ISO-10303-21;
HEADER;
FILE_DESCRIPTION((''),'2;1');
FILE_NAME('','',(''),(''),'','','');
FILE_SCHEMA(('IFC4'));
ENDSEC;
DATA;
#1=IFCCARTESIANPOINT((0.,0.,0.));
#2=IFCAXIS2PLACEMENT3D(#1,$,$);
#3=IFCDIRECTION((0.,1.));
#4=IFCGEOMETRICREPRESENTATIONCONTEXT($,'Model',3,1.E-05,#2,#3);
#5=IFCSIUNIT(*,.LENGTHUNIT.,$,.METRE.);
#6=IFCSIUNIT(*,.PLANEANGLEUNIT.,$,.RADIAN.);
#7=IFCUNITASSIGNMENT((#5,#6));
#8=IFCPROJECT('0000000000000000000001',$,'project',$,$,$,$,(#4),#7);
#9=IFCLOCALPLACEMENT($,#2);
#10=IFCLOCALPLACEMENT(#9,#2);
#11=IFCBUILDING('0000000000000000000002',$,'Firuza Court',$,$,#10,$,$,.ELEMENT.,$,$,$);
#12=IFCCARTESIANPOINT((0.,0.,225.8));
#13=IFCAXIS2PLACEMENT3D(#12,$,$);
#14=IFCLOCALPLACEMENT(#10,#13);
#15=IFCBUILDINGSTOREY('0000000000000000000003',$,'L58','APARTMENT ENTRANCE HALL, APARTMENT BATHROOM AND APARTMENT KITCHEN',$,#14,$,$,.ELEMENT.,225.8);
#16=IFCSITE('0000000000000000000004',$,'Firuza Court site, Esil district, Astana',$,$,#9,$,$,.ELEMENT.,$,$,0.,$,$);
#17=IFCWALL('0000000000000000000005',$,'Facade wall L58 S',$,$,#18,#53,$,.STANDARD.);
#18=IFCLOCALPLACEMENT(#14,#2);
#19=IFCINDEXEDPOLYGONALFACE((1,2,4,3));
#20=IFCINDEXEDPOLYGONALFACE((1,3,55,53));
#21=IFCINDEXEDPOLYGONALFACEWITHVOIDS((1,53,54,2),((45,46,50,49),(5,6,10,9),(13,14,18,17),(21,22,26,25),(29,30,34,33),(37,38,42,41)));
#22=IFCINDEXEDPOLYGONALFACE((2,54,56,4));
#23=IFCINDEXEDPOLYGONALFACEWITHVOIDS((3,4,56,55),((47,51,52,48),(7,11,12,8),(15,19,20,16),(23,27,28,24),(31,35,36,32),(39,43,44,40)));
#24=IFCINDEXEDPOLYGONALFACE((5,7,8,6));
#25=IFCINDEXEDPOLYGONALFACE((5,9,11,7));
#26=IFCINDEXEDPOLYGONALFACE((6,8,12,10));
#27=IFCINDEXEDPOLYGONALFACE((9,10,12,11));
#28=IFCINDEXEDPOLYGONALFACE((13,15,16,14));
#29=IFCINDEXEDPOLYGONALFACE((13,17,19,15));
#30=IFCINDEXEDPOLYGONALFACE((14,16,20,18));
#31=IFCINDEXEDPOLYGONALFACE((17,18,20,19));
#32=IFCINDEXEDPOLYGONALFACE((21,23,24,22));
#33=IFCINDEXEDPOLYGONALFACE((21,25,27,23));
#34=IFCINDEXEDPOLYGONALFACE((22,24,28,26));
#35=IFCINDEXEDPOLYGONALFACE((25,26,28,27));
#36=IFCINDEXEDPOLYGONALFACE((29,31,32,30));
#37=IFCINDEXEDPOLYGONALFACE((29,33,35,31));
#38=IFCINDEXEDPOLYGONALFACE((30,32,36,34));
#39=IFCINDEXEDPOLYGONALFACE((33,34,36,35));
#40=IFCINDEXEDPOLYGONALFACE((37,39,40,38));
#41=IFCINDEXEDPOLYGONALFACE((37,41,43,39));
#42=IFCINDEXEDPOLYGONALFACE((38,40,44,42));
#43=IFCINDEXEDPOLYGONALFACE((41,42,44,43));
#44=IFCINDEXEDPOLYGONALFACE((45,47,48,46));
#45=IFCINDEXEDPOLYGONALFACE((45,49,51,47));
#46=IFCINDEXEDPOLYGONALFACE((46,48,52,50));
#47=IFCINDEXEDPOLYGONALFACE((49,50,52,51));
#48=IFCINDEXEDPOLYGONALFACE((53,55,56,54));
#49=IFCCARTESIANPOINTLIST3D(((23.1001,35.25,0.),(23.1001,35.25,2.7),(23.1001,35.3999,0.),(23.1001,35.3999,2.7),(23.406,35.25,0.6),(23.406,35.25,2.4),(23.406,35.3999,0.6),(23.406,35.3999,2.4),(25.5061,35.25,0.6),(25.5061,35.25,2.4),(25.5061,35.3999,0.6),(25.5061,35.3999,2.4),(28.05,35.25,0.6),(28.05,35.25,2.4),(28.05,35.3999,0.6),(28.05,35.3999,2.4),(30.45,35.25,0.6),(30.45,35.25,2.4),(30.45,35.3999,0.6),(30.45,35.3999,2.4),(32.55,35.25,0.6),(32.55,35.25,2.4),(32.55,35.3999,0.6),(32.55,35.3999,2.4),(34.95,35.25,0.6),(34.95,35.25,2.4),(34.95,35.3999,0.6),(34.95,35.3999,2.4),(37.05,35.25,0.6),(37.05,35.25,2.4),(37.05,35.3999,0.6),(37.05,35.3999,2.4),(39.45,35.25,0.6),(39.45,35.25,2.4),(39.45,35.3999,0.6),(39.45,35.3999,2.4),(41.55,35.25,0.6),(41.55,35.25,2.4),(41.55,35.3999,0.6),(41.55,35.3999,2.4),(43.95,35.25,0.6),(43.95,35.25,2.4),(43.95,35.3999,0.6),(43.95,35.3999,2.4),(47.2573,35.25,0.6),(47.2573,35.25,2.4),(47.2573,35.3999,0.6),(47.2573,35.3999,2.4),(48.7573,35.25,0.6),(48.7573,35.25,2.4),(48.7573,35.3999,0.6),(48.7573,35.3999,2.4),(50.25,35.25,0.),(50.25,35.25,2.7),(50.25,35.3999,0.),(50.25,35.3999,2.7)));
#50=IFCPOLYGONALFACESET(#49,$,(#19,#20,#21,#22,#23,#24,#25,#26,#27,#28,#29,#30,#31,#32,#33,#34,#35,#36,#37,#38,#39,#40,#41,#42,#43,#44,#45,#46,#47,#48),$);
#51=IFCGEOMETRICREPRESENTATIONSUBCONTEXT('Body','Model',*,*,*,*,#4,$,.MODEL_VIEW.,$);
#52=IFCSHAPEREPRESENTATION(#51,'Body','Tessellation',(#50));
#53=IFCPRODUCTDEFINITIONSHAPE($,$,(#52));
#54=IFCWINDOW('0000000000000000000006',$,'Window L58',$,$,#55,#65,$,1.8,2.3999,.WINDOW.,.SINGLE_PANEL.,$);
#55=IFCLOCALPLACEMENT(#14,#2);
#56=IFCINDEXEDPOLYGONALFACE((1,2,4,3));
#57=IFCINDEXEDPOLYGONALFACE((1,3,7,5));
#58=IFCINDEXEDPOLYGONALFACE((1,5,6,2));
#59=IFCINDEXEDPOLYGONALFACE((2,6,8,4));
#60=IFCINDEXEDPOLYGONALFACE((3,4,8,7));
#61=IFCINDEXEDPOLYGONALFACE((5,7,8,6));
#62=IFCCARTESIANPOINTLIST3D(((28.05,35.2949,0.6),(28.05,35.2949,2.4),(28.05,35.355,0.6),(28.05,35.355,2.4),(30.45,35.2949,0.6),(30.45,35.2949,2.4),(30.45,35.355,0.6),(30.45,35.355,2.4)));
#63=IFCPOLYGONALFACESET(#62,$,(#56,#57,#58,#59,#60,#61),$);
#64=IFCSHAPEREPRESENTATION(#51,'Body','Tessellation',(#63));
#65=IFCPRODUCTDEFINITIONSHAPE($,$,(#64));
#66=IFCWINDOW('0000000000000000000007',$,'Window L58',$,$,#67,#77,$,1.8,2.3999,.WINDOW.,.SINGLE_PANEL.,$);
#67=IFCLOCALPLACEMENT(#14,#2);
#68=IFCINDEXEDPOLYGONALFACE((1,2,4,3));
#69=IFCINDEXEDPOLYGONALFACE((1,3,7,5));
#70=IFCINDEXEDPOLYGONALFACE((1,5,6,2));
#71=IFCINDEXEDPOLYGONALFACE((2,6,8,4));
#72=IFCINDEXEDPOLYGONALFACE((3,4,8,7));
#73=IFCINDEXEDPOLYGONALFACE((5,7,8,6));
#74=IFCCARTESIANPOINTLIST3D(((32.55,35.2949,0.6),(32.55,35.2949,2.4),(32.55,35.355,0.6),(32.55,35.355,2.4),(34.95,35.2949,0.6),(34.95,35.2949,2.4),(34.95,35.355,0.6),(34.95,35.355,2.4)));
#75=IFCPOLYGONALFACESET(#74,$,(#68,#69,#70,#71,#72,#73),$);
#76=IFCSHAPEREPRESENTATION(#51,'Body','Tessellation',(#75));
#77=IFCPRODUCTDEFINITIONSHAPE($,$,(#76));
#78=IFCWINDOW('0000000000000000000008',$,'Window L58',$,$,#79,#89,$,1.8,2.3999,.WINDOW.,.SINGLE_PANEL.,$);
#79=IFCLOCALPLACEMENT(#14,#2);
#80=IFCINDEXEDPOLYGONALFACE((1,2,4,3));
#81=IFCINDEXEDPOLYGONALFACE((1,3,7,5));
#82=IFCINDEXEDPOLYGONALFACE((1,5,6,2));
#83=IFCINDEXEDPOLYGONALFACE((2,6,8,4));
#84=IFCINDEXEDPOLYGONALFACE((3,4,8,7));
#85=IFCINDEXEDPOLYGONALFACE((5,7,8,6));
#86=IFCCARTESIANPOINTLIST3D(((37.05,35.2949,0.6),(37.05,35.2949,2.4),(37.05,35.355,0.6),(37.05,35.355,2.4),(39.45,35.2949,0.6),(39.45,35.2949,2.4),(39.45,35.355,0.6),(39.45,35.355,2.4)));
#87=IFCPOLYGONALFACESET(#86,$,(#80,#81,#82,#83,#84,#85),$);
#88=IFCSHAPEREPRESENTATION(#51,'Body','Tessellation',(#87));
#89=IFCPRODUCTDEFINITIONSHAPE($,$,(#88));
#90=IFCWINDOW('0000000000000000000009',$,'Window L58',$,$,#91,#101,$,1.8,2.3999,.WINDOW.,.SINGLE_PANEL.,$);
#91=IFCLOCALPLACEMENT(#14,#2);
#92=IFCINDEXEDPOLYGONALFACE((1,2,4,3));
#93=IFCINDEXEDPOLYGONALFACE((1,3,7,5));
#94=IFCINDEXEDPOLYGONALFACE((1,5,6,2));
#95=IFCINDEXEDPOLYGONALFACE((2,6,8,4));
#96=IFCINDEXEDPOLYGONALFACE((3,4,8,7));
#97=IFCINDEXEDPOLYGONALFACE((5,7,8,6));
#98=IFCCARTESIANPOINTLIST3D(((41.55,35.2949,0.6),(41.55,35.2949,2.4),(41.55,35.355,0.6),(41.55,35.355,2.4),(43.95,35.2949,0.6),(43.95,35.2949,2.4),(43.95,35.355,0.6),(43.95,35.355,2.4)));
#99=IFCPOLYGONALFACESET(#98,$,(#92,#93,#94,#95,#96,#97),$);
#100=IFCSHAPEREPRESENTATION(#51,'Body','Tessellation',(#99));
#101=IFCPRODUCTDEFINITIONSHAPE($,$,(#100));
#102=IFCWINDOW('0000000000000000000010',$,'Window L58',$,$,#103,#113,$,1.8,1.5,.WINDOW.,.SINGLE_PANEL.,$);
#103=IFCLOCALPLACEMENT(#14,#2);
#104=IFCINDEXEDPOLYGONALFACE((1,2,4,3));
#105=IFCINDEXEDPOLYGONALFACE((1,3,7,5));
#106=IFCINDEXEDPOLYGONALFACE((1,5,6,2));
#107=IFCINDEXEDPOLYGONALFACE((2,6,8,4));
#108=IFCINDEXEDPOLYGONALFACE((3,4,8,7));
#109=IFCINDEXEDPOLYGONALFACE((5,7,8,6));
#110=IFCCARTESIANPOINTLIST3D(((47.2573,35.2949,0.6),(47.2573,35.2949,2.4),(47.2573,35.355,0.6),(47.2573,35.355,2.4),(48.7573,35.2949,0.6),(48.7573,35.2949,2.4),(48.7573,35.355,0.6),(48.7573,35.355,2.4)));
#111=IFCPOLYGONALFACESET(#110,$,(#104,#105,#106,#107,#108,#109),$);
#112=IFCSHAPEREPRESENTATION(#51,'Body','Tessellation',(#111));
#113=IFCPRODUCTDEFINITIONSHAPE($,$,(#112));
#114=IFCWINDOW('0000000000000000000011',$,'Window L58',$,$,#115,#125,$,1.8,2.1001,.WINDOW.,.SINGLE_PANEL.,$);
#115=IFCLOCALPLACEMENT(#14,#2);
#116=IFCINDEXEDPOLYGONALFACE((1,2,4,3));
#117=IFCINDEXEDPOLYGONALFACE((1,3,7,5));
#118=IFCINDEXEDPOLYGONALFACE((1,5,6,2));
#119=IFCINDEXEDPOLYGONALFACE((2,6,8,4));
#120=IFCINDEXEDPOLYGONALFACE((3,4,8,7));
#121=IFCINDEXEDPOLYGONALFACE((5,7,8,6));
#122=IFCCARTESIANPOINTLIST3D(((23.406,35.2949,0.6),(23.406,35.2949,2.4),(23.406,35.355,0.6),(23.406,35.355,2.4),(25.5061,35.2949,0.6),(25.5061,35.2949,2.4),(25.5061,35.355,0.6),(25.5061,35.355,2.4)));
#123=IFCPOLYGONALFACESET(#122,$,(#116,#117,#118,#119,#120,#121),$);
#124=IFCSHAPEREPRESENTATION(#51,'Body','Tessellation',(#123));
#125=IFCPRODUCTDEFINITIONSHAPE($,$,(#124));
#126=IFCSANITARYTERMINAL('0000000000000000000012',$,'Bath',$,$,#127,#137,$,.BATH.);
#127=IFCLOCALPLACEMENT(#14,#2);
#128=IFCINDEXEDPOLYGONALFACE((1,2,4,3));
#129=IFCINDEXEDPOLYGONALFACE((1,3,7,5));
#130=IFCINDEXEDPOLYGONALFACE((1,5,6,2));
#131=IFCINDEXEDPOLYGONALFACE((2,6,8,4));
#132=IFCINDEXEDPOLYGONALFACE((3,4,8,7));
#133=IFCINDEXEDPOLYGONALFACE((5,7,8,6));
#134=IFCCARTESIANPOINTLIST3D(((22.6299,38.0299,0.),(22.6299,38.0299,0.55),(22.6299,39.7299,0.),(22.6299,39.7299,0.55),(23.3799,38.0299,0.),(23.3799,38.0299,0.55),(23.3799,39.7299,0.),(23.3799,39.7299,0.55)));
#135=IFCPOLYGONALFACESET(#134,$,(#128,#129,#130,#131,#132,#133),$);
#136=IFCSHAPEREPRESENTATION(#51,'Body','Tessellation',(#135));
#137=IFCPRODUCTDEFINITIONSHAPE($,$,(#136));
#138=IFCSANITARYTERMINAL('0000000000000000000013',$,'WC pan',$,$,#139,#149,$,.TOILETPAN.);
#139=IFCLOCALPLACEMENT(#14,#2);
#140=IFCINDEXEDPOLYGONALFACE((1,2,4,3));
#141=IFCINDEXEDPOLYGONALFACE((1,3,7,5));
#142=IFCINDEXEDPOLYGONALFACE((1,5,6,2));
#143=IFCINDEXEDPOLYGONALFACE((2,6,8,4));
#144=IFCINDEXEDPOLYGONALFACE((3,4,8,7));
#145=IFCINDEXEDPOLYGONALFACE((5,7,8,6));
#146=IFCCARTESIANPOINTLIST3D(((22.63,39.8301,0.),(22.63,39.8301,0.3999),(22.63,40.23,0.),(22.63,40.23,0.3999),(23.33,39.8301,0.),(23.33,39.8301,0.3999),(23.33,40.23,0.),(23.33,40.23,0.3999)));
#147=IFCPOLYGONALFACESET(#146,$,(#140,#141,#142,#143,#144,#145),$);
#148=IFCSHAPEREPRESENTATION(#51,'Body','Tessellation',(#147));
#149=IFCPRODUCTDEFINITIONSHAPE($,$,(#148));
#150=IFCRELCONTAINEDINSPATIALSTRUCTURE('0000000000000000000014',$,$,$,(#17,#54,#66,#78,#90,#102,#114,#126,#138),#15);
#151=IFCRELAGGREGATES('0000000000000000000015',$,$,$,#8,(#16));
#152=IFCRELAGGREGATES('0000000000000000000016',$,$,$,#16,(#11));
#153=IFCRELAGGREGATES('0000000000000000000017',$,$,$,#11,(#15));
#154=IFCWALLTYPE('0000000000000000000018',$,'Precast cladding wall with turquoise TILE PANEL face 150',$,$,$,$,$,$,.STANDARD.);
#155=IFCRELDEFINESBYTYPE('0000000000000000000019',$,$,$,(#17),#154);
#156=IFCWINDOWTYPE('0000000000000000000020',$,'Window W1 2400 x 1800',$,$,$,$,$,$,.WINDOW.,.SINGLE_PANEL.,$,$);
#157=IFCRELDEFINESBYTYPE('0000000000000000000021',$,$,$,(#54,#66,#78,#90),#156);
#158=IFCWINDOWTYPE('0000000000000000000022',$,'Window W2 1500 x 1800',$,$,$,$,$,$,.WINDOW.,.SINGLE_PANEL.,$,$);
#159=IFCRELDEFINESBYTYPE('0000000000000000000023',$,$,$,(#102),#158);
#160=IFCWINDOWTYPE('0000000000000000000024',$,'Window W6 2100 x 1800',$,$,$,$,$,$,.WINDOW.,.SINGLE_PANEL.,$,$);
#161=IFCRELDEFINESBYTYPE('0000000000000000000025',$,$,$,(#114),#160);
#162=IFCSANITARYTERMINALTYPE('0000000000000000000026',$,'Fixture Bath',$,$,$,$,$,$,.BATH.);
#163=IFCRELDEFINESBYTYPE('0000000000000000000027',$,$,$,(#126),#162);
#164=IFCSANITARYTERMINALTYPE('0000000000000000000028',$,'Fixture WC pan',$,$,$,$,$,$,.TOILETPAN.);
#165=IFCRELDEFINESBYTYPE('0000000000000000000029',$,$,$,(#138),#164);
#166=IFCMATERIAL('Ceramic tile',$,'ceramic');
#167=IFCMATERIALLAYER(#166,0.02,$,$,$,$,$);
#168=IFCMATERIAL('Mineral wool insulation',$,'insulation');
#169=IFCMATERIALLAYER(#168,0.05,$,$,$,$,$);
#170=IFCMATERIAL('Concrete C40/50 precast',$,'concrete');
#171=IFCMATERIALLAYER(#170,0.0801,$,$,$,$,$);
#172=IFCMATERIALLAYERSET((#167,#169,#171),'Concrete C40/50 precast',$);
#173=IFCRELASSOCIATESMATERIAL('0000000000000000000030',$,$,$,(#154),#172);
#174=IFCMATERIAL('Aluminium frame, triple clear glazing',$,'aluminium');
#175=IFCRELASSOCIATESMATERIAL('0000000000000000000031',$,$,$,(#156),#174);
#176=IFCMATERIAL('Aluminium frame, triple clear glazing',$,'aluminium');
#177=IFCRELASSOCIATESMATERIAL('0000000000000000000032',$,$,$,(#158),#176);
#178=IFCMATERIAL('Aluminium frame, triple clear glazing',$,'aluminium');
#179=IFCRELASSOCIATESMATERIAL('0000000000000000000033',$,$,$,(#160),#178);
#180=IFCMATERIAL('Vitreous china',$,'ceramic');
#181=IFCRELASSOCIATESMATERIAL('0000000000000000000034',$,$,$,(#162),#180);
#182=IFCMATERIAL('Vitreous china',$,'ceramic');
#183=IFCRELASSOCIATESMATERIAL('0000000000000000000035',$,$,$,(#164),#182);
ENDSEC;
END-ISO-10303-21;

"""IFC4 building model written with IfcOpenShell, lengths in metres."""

from ifc_helpers import new_model, si_unit, direction, frame, frame_2d, origin, origin_2d, place, context, subcontext, project, spatial, rectangle, extrude, material, layer, layer_set, type_object, element, fill, save


model = new_model("IFC4")

# Units and contexts
model_context = context("Model", 3, precision=1e-05, world=origin(), true_north=direction((0.0, 1.0)))
body_context = subcontext(model_context, "Body", "Model", "MODEL_VIEW")
ifc_project = project(units=[si_unit("LENGTHUNIT", "METRE"), si_unit("PLANEANGLEUNIT", "RADIAN")], contexts=[model_context])

# Site, building, storey
site_placement = place(None, origin())
site = spatial("IfcSite", under=ifc_project, at=site_placement, Name="Firuza Court site, Esil district, Astana", CompositionType="ELEMENT", RefElevation=0.0)
building_placement = place(site_placement, origin())
building = spatial("IfcBuilding", under=site, at=building_placement, Name="Firuza Court", CompositionType="ELEMENT")
storey_placement = place(building_placement, frame((0.0, 0.0, 225.8)))
storey = spatial("IfcBuildingStorey", under=building, at=storey_placement, Name="L58", Description="APARTMENT ENTRANCE HALL, APARTMENT BATHROOM AND APARTMENT KITCHEN", CompositionType="ELEMENT", Elevation=225.8)

# Wall, openings, windows
ifc_material_1 = material(Name="Ceramic tile", Category="ceramic")
ifc_layer_1 = layer(ifc_material_1, 0.02)
ifc_material_2 = material(Name="Mineral wool insulation", Category="insulation")
ifc_layer_2 = layer(ifc_material_2, 0.05)
ifc_material_3 = material(Name="Concrete C40/50 precast", Category="concrete")
ifc_layer_3 = layer(ifc_material_3, 0.0801)
ifc_layer_set_1 = layer_set([ifc_layer_1, ifc_layer_2, ifc_layer_3], Name="Concrete C40/50 precast")
wall_type_1 = type_object("IfcWallType", Name="Precast cladding wall with turquoise TILE PANEL face 150", PredefinedType="STANDARD", material=ifc_layer_set_1)
wall_1_placement = place(storey_placement, frame((23.1001, 35.325, 0.0), z_axis=(0.0, 0.0, 1.0), x_axis=(1.0, 0.0, 0.0)))
wall_1 = element("IfcWall", 1, at=wall_1_placement, inside=storey, type_object=wall_type_1, Name="Facade wall L58 S", PredefinedType="STANDARD", context=body_context, shape_type="SweptSolid", body=[
    extrude(rectangle(XDim=27.1499, YDim=0.1499, at=frame_2d((13.575, 0.0))), origin(), (0.0, 0.0, 1.0), 2.7),
])
opening_1_placement = place(wall_1_placement, frame((0.3059, 0.0, 0.6001)))
opening_1 = element("IfcOpeningElement", 2, at=opening_1_placement, cuts=wall_1, PredefinedType="OPENING", context=body_context, shape_type="SweptSolid", body=[
    extrude(rectangle(XDim=2.1001, YDim=1.8, at=frame_2d((1.05, 0.8999))), frame((0.0, 0.0869, 0.0), z_axis=(0.0, -1.0, 0.0), x_axis=(1.0, 0.0, 0.0)), (0.0, 0.0, 1.0), 0.1738),
])
opening_2_placement = place(wall_1_placement, frame((4.95, 0.0, 0.6001)))
opening_2 = element("IfcOpeningElement", 3, at=opening_2_placement, cuts=wall_1, PredefinedType="OPENING", context=body_context, shape_type="SweptSolid", body=[
    extrude(rectangle(XDim=2.3999, YDim=1.8, at=frame_2d((1.2, 0.8999))), frame((0.0, 0.0869, 0.0), z_axis=(0.0, -1.0, 0.0), x_axis=(1.0, 0.0, 0.0)), (0.0, 0.0, 1.0), 0.1738),
])
opening_3_placement = place(wall_1_placement, frame((9.45, 0.0, 0.6001)))
opening_3 = element("IfcOpeningElement", 4, at=opening_3_placement, cuts=wall_1, PredefinedType="OPENING", context=body_context, shape_type="SweptSolid", body=[
    extrude(rectangle(XDim=2.3999, YDim=1.8, at=frame_2d((1.2, 0.8999))), frame((0.0, 0.0869, 0.0), z_axis=(0.0, -1.0, 0.0), x_axis=(1.0, 0.0, 0.0)), (0.0, 0.0, 1.0), 0.1738),
])
opening_4_placement = place(wall_1_placement, frame((13.95, 0.0, 0.6001)))
opening_4 = element("IfcOpeningElement", 5, at=opening_4_placement, cuts=wall_1, PredefinedType="OPENING", context=body_context, shape_type="SweptSolid", body=[
    extrude(rectangle(XDim=2.3999, YDim=1.8, at=frame_2d((1.2, 0.8999))), frame((0.0, 0.0869, 0.0), z_axis=(0.0, -1.0, 0.0), x_axis=(1.0, 0.0, 0.0)), (0.0, 0.0, 1.0), 0.1738),
])
opening_5_placement = place(wall_1_placement, frame((18.45, 0.0, 0.6001)))
opening_5 = element("IfcOpeningElement", 6, at=opening_5_placement, cuts=wall_1, PredefinedType="OPENING", context=body_context, shape_type="SweptSolid", body=[
    extrude(rectangle(XDim=2.3999, YDim=1.8, at=frame_2d((1.2, 0.8999))), frame((0.0, 0.0869, 0.0), z_axis=(0.0, -1.0, 0.0), x_axis=(1.0, 0.0, 0.0)), (0.0, 0.0, 1.0), 0.1738),
])
opening_6_placement = place(wall_1_placement, frame((24.1572, 0.0, 0.6001)))
opening_6 = element("IfcOpeningElement", 7, at=opening_6_placement, cuts=wall_1, PredefinedType="OPENING", context=body_context, shape_type="SweptSolid", body=[
    extrude(rectangle(XDim=1.5, YDim=1.8, at=frame_2d((0.75, 0.8999))), frame((0.0, 0.0869, 0.0), z_axis=(0.0, -1.0, 0.0), x_axis=(1.0, 0.0, 0.0)), (0.0, 0.0, 1.0), 0.1738),
])
ifc_material_4 = material(Name="Aluminium frame, triple clear glazing", Category="aluminium")
window_type_1 = type_object("IfcWindowType", Name="Window W1 2400 x 1800", PartitioningType="SINGLE_PANEL", PredefinedType="WINDOW", material=ifc_material_4)
window_1_placement = place(opening_2_placement, origin())
window_1 = element("IfcWindow", 8, at=window_1_placement, inside=storey, type_object=window_type_1, Name="Window L58", OverallHeight=1.8, OverallWidth=2.3999, PartitioningType="SINGLE_PANEL", PredefinedType="WINDOW", context=body_context, shape_type="SweptSolid", body=[
    extrude(rectangle(XDim=2.3999, YDim=1.8, at=frame_2d((1.2, 0.8999))), frame((0.0, 0.03, 0.0), z_axis=(0.0, -1.0, 0.0), x_axis=(1.0, 0.0, 0.0)), (0.0, 0.0, 1.0), 0.0601),
])
fill(opening_2, window_1)
window_2_placement = place(opening_3_placement, origin())
window_2 = element("IfcWindow", 9, at=window_2_placement, inside=storey, type_object=window_type_1, Name="Window L58", OverallHeight=1.8, OverallWidth=2.3999, PartitioningType="SINGLE_PANEL", PredefinedType="WINDOW", context=body_context, shape_type="SweptSolid", body=[
    extrude(rectangle(XDim=2.3999, YDim=1.8, at=frame_2d((1.2, 0.8999))), frame((0.0, 0.03, 0.0), z_axis=(0.0, -1.0, 0.0), x_axis=(1.0, 0.0, 0.0)), (0.0, 0.0, 1.0), 0.0601),
])
fill(opening_3, window_2)
window_3_placement = place(opening_4_placement, origin())
window_3 = element("IfcWindow", 10, at=window_3_placement, inside=storey, type_object=window_type_1, Name="Window L58", OverallHeight=1.8, OverallWidth=2.3999, PartitioningType="SINGLE_PANEL", PredefinedType="WINDOW", context=body_context, shape_type="SweptSolid", body=[
    extrude(rectangle(XDim=2.3999, YDim=1.8, at=frame_2d((1.2, 0.8999))), frame((0.0, 0.03, 0.0), z_axis=(0.0, -1.0, 0.0), x_axis=(1.0, 0.0, 0.0)), (0.0, 0.0, 1.0), 0.0601),
])
fill(opening_4, window_3)
window_4_placement = place(opening_5_placement, origin())
window_4 = element("IfcWindow", 11, at=window_4_placement, inside=storey, type_object=window_type_1, Name="Window L58", OverallHeight=1.8, OverallWidth=2.3999, PartitioningType="SINGLE_PANEL", PredefinedType="WINDOW", context=body_context, shape_type="SweptSolid", body=[
    extrude(rectangle(XDim=2.3999, YDim=1.8, at=frame_2d((1.2, 0.8999))), frame((0.0, 0.03, 0.0), z_axis=(0.0, -1.0, 0.0), x_axis=(1.0, 0.0, 0.0)), (0.0, 0.0, 1.0), 0.0601),
])
fill(opening_5, window_4)
ifc_material_5 = material(Name="Aluminium frame, triple clear glazing", Category="aluminium")
window_type_2 = type_object("IfcWindowType", Name="Window W2 1500 x 1800", PartitioningType="SINGLE_PANEL", PredefinedType="WINDOW", material=ifc_material_5)
window_5_placement = place(opening_6_placement, origin())
window_5 = element("IfcWindow", 12, at=window_5_placement, inside=storey, type_object=window_type_2, Name="Window L58", OverallHeight=1.8, OverallWidth=1.5, PartitioningType="SINGLE_PANEL", PredefinedType="WINDOW", context=body_context, shape_type="SweptSolid", body=[
    extrude(rectangle(XDim=1.5, YDim=1.8, at=frame_2d((0.75, 0.8999))), frame((0.0, 0.03, 0.0), z_axis=(0.0, -1.0, 0.0), x_axis=(1.0, 0.0, 0.0)), (0.0, 0.0, 1.0), 0.0601),
])
fill(opening_6, window_5)
ifc_material_6 = material(Name="Aluminium frame, triple clear glazing", Category="aluminium")
window_type_3 = type_object("IfcWindowType", Name="Window W6 2100 x 1800", PartitioningType="SINGLE_PANEL", PredefinedType="WINDOW", material=ifc_material_6)
window_6_placement = place(opening_1_placement, origin())
window_6 = element("IfcWindow", 13, at=window_6_placement, inside=storey, type_object=window_type_3, Name="Window L58", OverallHeight=1.8, OverallWidth=2.1001, PartitioningType="SINGLE_PANEL", PredefinedType="WINDOW", context=body_context, shape_type="SweptSolid", body=[
    extrude(rectangle(XDim=2.1001, YDim=1.8, at=frame_2d((1.05, 0.8999))), frame((0.0, 0.03, 0.0), z_axis=(0.0, -1.0, 0.0), x_axis=(1.0, 0.0, 0.0)), (0.0, 0.0, 1.0), 0.0601),
])
fill(opening_1, window_6)

# Sanitary terminals
ifc_material_7 = material(Name="Vitreous china", Category="ceramic")
sanitary_terminal_type_1 = type_object("IfcSanitaryTerminalType", Name="Fixture Bath", PredefinedType="BATH", material=ifc_material_7)
sanitary_terminal_1_placement = place(storey_placement, frame((23.0049, 38.8799, 0.0), z_axis=(0.0, 0.0, 1.0), x_axis=(1.0, 0.0, 0.0)))
element("IfcSanitaryTerminal", 14, at=sanitary_terminal_1_placement, inside=storey, type_object=sanitary_terminal_type_1, Name="Bath", PredefinedType="BATH", context=body_context, shape_type="SweptSolid", body=[
    extrude(rectangle(XDim=0.75, YDim=1.7, at=origin_2d()), origin(), (0.0, 0.0, 1.0), 0.55),
])
ifc_material_8 = material(Name="Vitreous china", Category="ceramic")
sanitary_terminal_type_2 = type_object("IfcSanitaryTerminalType", Name="Fixture WC pan", PredefinedType="TOILETPAN", material=ifc_material_8)
sanitary_terminal_2_placement = place(storey_placement, frame((22.98, 40.03, 0.0), z_axis=(0.0, 0.0, 1.0), x_axis=(1.0, 0.0, 0.0)))
element("IfcSanitaryTerminal", 15, at=sanitary_terminal_2_placement, inside=storey, type_object=sanitary_terminal_type_2, Name="WC pan", PredefinedType="TOILETPAN", context=body_context, shape_type="SweptSolid", body=[
    extrude(rectangle(XDim=0.7, YDim=0.3999, at=origin_2d()), origin(), (0.0, 0.0, 1.0), 0.3999),
])

save(model, "model.ifc")
